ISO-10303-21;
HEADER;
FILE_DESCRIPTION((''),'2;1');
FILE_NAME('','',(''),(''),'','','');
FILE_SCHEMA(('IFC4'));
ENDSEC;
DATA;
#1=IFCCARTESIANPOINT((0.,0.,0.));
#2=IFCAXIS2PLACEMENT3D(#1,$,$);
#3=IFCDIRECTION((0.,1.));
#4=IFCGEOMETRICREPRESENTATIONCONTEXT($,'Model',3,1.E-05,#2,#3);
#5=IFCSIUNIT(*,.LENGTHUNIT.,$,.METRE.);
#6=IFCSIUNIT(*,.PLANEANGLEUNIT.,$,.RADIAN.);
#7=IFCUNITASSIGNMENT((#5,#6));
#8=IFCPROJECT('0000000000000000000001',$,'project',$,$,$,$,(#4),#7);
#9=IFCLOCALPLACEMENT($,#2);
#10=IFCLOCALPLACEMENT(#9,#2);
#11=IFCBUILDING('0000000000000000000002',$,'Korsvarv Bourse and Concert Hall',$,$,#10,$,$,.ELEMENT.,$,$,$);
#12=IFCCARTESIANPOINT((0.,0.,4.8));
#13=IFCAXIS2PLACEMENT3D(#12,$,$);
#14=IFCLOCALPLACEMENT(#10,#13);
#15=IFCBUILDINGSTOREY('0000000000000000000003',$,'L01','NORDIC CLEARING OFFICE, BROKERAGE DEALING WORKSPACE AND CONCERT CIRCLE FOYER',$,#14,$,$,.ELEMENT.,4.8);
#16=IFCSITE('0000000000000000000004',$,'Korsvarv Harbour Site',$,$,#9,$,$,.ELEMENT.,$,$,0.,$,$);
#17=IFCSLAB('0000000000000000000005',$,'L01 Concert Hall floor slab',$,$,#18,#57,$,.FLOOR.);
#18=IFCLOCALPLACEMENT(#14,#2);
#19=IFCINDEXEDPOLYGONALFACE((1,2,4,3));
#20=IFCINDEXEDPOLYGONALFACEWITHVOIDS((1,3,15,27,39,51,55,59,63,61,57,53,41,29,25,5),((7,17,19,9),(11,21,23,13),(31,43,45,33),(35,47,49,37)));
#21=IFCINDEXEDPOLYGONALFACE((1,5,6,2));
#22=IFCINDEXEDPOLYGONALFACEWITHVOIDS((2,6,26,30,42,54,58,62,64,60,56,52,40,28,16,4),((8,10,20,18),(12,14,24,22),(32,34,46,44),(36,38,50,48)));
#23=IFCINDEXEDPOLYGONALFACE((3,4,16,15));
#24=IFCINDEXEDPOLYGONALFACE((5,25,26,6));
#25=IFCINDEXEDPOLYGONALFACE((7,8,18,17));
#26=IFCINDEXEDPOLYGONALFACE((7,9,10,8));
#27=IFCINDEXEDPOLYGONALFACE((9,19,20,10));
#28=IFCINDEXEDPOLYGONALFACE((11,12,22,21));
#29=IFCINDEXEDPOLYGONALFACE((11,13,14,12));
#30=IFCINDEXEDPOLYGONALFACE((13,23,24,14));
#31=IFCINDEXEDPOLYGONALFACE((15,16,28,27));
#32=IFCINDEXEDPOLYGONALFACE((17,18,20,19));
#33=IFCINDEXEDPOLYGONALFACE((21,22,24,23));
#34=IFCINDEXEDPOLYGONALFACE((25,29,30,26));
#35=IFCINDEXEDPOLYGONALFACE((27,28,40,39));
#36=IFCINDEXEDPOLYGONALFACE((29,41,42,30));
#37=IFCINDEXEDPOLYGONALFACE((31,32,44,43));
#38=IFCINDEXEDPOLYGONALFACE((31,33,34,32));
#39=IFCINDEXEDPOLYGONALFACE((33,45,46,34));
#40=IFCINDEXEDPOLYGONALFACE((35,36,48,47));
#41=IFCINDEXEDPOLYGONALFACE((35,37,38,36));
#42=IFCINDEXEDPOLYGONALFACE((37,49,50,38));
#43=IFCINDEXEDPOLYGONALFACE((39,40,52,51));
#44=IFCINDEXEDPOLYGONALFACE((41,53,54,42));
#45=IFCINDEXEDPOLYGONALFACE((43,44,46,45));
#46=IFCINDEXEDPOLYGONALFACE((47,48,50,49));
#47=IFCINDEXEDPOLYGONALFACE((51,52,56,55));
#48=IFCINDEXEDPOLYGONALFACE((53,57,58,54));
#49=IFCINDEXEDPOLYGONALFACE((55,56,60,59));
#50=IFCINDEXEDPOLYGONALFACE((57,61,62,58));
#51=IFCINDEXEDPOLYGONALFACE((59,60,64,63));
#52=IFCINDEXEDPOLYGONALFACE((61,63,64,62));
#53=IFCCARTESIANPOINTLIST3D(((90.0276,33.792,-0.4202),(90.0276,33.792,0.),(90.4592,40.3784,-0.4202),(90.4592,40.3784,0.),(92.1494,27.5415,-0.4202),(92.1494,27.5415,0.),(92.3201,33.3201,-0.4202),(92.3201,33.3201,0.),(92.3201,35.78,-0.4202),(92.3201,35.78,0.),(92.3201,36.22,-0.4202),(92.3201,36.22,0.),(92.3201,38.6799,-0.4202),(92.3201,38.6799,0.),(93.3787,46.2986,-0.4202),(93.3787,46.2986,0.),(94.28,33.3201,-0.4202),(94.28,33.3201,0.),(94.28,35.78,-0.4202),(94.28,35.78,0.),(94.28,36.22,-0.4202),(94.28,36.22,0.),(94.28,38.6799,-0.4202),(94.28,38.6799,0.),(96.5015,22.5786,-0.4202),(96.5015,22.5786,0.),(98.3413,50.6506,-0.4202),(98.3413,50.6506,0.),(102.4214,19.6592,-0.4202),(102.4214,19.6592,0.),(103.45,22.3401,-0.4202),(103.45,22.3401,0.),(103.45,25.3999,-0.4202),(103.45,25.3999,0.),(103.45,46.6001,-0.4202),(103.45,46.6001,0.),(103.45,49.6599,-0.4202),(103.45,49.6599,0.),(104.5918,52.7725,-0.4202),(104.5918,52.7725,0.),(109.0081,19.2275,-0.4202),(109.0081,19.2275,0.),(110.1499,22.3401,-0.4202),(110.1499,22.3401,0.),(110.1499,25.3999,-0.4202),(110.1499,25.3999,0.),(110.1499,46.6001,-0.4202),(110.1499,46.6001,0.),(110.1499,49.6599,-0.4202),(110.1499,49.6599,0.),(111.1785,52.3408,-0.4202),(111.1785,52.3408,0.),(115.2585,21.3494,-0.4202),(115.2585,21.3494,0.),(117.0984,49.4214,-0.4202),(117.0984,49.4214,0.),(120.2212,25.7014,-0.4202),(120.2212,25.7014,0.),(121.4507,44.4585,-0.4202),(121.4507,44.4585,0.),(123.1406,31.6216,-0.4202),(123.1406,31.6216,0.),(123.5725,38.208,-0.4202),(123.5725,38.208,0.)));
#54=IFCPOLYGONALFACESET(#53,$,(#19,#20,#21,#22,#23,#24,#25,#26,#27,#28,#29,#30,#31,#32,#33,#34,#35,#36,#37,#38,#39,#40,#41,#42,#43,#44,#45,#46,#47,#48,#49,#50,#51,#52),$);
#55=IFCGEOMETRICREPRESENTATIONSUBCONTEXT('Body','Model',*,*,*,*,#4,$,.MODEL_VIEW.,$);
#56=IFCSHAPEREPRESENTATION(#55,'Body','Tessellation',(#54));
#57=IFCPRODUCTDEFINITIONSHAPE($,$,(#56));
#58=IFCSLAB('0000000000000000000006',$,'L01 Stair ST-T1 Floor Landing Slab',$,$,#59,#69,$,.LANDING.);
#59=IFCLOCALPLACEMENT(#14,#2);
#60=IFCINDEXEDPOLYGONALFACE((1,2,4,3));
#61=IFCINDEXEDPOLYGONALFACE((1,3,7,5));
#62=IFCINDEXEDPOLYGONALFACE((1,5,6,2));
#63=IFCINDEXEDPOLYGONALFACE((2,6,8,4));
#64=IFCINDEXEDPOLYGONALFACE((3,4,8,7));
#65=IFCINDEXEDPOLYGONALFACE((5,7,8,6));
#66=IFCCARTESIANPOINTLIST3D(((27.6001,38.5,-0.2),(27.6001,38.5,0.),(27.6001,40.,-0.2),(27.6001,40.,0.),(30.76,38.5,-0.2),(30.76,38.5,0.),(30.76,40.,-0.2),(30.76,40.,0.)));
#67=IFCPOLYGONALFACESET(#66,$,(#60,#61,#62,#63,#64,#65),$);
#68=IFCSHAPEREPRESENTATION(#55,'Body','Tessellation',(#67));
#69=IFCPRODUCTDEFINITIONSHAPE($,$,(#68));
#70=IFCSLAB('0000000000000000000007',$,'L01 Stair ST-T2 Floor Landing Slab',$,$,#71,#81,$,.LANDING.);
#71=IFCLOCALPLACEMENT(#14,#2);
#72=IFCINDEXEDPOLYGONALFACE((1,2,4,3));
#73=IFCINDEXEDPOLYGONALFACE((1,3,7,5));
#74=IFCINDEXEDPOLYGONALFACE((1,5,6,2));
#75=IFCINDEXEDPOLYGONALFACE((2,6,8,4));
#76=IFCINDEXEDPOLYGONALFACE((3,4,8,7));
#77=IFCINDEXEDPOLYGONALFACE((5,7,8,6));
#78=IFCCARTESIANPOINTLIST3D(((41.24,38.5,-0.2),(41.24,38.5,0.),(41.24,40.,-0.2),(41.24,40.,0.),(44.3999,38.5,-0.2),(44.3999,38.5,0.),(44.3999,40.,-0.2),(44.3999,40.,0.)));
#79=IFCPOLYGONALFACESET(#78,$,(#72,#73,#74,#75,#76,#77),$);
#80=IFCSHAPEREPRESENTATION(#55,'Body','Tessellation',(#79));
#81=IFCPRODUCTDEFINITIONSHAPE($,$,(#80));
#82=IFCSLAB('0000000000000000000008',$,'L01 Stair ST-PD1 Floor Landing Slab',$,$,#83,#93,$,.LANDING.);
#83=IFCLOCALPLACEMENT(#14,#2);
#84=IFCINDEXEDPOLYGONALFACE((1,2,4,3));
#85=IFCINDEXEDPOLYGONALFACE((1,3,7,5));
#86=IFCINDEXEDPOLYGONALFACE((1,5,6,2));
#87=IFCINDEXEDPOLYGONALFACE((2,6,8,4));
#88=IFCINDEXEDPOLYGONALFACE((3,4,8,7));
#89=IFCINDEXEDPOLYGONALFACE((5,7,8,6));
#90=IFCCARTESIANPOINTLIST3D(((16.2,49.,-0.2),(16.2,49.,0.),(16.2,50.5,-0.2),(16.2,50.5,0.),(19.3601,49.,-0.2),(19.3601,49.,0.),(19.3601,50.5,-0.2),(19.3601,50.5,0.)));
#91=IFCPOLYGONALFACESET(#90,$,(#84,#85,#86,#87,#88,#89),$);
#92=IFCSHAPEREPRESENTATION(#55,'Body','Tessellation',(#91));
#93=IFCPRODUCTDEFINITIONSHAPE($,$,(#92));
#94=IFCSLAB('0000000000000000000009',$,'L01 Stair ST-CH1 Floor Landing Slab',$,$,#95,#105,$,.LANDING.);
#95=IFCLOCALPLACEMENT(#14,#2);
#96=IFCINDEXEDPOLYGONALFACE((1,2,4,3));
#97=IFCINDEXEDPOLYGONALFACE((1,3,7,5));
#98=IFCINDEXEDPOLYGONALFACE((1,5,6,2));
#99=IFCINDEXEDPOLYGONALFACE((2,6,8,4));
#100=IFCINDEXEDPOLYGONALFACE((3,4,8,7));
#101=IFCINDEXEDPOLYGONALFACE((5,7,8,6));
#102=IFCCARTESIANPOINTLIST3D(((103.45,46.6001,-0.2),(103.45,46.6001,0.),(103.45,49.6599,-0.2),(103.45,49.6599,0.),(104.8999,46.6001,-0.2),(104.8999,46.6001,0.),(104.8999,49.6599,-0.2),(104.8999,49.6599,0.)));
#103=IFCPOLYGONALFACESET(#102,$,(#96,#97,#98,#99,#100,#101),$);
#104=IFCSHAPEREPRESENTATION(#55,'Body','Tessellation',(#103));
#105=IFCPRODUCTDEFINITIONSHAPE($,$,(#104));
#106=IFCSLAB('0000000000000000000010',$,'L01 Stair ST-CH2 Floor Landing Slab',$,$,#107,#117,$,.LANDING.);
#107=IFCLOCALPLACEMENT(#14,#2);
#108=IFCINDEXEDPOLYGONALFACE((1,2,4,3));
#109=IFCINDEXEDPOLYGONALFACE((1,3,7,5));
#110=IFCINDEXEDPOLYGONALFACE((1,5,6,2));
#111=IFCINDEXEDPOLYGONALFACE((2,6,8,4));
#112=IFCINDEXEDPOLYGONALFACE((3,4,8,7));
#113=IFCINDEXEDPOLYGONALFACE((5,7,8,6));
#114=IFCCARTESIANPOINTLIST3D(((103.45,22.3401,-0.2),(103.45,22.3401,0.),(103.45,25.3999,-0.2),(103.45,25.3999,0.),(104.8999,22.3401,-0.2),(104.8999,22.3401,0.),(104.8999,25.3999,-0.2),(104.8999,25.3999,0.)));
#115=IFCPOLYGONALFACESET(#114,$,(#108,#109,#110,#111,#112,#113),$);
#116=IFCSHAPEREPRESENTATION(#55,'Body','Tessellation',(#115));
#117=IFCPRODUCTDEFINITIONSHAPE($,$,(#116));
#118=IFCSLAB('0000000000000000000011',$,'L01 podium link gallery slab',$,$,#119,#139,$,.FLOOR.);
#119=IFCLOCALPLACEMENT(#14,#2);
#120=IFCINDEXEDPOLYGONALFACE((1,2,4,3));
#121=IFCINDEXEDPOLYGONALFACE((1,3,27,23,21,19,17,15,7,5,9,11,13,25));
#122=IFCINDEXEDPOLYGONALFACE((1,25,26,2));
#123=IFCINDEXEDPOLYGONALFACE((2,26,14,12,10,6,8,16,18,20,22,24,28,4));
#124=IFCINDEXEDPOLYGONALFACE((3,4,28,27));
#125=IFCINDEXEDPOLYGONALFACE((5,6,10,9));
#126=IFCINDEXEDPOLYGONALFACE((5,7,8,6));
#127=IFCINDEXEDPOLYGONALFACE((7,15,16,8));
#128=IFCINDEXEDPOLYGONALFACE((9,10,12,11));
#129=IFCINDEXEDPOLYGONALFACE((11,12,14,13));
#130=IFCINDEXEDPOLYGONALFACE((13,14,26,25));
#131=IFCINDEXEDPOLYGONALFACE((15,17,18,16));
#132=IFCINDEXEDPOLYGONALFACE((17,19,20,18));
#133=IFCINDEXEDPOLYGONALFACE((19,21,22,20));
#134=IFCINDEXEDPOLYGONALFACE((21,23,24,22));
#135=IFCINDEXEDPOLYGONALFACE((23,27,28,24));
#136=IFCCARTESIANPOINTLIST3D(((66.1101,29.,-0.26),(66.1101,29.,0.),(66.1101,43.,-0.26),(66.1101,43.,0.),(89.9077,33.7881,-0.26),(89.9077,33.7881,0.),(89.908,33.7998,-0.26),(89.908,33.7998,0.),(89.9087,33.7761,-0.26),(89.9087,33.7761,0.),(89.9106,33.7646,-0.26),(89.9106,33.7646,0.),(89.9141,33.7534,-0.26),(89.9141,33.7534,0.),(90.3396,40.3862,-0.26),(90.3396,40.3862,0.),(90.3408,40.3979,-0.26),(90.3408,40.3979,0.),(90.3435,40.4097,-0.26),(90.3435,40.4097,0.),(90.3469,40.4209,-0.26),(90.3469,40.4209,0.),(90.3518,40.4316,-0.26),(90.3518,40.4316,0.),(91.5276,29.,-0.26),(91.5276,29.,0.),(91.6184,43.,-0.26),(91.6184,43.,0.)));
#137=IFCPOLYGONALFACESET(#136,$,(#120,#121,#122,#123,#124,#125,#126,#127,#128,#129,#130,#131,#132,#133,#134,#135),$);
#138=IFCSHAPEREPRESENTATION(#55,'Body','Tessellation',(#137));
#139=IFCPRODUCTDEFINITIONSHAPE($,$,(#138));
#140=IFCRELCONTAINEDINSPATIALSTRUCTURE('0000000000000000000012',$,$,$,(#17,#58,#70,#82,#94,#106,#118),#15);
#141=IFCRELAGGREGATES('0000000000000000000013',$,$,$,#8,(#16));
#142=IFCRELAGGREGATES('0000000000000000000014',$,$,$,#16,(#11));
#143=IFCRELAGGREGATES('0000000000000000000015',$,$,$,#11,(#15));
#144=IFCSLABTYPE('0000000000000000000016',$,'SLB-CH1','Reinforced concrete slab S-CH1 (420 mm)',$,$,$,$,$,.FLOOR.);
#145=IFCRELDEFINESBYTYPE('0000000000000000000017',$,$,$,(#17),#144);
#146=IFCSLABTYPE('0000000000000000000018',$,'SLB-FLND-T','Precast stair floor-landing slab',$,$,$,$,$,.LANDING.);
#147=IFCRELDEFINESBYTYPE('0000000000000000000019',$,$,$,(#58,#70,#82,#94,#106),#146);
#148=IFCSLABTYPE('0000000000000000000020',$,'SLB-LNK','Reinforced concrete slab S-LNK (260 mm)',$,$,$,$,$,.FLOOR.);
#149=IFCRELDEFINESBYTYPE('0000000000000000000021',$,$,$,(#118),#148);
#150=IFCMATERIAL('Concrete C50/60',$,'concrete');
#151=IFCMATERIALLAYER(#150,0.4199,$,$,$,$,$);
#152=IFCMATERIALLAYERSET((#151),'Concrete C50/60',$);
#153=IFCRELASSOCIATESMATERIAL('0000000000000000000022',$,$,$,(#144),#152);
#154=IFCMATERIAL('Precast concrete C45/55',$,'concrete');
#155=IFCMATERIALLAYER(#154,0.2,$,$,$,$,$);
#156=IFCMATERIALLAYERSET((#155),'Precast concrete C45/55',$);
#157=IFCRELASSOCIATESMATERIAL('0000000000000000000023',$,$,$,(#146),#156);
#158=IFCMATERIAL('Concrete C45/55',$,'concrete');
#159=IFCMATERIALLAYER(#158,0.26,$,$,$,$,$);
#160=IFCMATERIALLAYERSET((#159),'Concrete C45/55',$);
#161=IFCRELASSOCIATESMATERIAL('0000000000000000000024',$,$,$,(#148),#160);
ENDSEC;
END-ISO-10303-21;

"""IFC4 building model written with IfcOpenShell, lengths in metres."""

from ifc_helpers import new_model, si_unit, direction, frame, origin, place, context, subcontext, project, spatial, polyline, outline, extrude, material, layer, layer_set, type_object, element, save


model = new_model("IFC4")

# Units and contexts
model_context = context("Model", 3, precision=1e-05, world=origin(), true_north=direction((0.0, 1.0)))
body_context = subcontext(model_context, "Body", "Model", "MODEL_VIEW")
ifc_project = project(units=[si_unit("LENGTHUNIT", "METRE"), si_unit("PLANEANGLEUNIT", "RADIAN")], contexts=[model_context])

# Site, building, storey
site_placement = place(None, origin())
site = spatial("IfcSite", under=ifc_project, at=site_placement, Name="Korsvarv Harbour Site", CompositionType="ELEMENT", RefElevation=0.0)
building_placement = place(site_placement, origin())
building = spatial("IfcBuilding", under=site, at=building_placement, Name="Korsvarv Bourse and Concert Hall", CompositionType="ELEMENT")
storey_placement = place(building_placement, frame((0.0, 0.0, 4.8)))
storey = spatial("IfcBuildingStorey", under=building, at=storey_placement, Name="L01", Description="NORDIC CLEARING OFFICE, BROKERAGE DEALING WORKSPACE AND CONCERT CIRCLE FOYER", CompositionType="ELEMENT", Elevation=4.8)

# Slabs
ifc_material_1 = material(Name="Concrete C50/60", Category="concrete")
ifc_layer_1 = layer(ifc_material_1, 0.4199)
ifc_layer_set_1 = layer_set([ifc_layer_1], Name="Concrete C50/60")
slab_type_1 = type_object("IfcSlabType", Name="SLB-CH1", Description="Reinforced concrete slab S-CH1 (420 mm)", PredefinedType="FLOOR", material=ifc_layer_set_1)
slab_1_placement = place(storey_placement, frame((0.0, 0.0, -0.4202)))
element("IfcSlab", 1, at=slab_1_placement, inside=storey, type_object=slab_type_1, Name="L01 Concert Hall floor slab", PredefinedType="FLOOR", context=body_context, shape_type="SweptSolid", body=[
    extrude(outline(polyline([(123.5725, 38.208), (121.4507, 44.4585), (117.0984, 49.4214), (111.1785, 52.3408), (104.5918, 52.7725), (98.3413, 50.6506), (93.3787, 46.2986), (90.4592, 40.3784), (90.0276, 33.792), (92.1494, 27.5415), (96.5015, 22.5786), (102.4214, 19.6592), (109.0081, 19.2275), (115.2585, 21.3494), (120.2212, 25.7014), (123.1406, 31.6216), (123.5725, 38.208)]), holes=[polyline([(103.45, 46.6001), (110.1499, 46.6001), (110.1499, 49.6599), (103.45, 49.6599), (103.45, 46.6001)]), polyline([(103.45, 22.3401), (110.1499, 22.3401), (110.1499, 25.3999), (103.45, 25.3999), (103.45, 22.3401)]), polyline([(92.3201, 36.22), (94.28, 36.22), (94.28, 38.6799), (92.3201, 38.6799), (92.3201, 36.22)]), polyline([(92.3201, 33.3201), (94.28, 33.3201), (94.28, 35.78), (92.3201, 35.78), (92.3201, 33.3201)])]), origin(), (0.0, 0.0, 1.0), 0.4202),
])
ifc_material_2 = material(Name="Precast concrete C45/55", Category="concrete")
ifc_layer_2 = layer(ifc_material_2, 0.2)
ifc_layer_set_2 = layer_set([ifc_layer_2], Name="Precast concrete C45/55")
slab_type_2 = type_object("IfcSlabType", Name="SLB-FLND-T", Description="Precast stair floor-landing slab", PredefinedType="LANDING", material=ifc_layer_set_2)
slab_2_placement = place(storey_placement, frame((0.0, 0.0, -0.2)))
element("IfcSlab", 2, at=slab_2_placement, inside=storey, type_object=slab_type_2, Name="L01 Stair ST-T1 Floor Landing Slab", PredefinedType="LANDING", context=body_context, shape_type="SweptSolid", body=[
    extrude(outline(polyline([(30.76, 38.5), (30.76, 40.0), (27.6001, 40.0), (27.6001, 38.5), (30.76, 38.5)])), origin(), (0.0, 0.0, 1.0), 0.2),
])
slab_3_placement = place(storey_placement, frame((0.0, 0.0, -0.2)))
element("IfcSlab", 3, at=slab_3_placement, inside=storey, type_object=slab_type_2, Name="L01 Stair ST-T2 Floor Landing Slab", PredefinedType="LANDING", context=body_context, shape_type="SweptSolid", body=[
    extrude(outline(polyline([(44.3999, 38.5), (44.3999, 40.0), (41.24, 40.0), (41.24, 38.5), (44.3999, 38.5)])), origin(), (0.0, 0.0, 1.0), 0.2),
])
slab_4_placement = place(storey_placement, frame((0.0, 0.0, -0.2)))
element("IfcSlab", 4, at=slab_4_placement, inside=storey, type_object=slab_type_2, Name="L01 Stair ST-PD1 Floor Landing Slab", PredefinedType="LANDING", context=body_context, shape_type="SweptSolid", body=[
    extrude(outline(polyline([(19.3601, 49.0), (19.3601, 50.5), (16.2, 50.5), (16.2, 49.0), (19.3601, 49.0)])), origin(), (0.0, 0.0, 1.0), 0.2),
])
slab_5_placement = place(storey_placement, frame((0.0, 0.0, -0.2)))
element("IfcSlab", 5, at=slab_5_placement, inside=storey, type_object=slab_type_2, Name="L01 Stair ST-CH1 Floor Landing Slab", PredefinedType="LANDING", context=body_context, shape_type="SweptSolid", body=[
    extrude(outline(polyline([(103.45, 46.6001), (104.8999, 46.6001), (104.8999, 49.6599), (103.45, 49.6599), (103.45, 46.6001)])), origin(), (0.0, 0.0, 1.0), 0.2),
])
slab_6_placement = place(storey_placement, frame((0.0, 0.0, -0.2)))
element("IfcSlab", 6, at=slab_6_placement, inside=storey, type_object=slab_type_2, Name="L01 Stair ST-CH2 Floor Landing Slab", PredefinedType="LANDING", context=body_context, shape_type="SweptSolid", body=[
    extrude(outline(polyline([(103.45, 22.3401), (104.8999, 22.3401), (104.8999, 25.3999), (103.45, 25.3999), (103.45, 22.3401)])), origin(), (0.0, 0.0, 1.0), 0.2),
])
ifc_material_3 = material(Name="Concrete C45/55", Category="concrete")
ifc_layer_3 = layer(ifc_material_3, 0.26)
ifc_layer_set_3 = layer_set([ifc_layer_3], Name="Concrete C45/55")
slab_type_3 = type_object("IfcSlabType", Name="SLB-LNK", Description="Reinforced concrete slab S-LNK (260 mm)", PredefinedType="FLOOR", material=ifc_layer_set_3)
slab_7_placement = place(storey_placement, frame((0.0, 0.0, -0.26)))
element("IfcSlab", 7, at=slab_7_placement, inside=storey, type_object=slab_type_3, Name="L01 podium link gallery slab", PredefinedType="FLOOR", context=body_context, shape_type="SweptSolid", body=[
    extrude(outline(polyline([(66.1101, 29.0), (66.1101, 43.0), (91.6184, 43.0), (90.3518, 40.4316), (90.3469, 40.4209), (90.3435, 40.4097), (90.3408, 40.3979), (90.3396, 40.3862), (89.908, 33.7998), (89.9077, 33.7881), (89.9087, 33.7761), (89.9106, 33.7646), (89.9141, 33.7534), (91.5276, 29.0), (66.1101, 29.0)])), origin(), (0.0, 0.0, 1.0), 0.26),
])

save(model, "model.ifc")
